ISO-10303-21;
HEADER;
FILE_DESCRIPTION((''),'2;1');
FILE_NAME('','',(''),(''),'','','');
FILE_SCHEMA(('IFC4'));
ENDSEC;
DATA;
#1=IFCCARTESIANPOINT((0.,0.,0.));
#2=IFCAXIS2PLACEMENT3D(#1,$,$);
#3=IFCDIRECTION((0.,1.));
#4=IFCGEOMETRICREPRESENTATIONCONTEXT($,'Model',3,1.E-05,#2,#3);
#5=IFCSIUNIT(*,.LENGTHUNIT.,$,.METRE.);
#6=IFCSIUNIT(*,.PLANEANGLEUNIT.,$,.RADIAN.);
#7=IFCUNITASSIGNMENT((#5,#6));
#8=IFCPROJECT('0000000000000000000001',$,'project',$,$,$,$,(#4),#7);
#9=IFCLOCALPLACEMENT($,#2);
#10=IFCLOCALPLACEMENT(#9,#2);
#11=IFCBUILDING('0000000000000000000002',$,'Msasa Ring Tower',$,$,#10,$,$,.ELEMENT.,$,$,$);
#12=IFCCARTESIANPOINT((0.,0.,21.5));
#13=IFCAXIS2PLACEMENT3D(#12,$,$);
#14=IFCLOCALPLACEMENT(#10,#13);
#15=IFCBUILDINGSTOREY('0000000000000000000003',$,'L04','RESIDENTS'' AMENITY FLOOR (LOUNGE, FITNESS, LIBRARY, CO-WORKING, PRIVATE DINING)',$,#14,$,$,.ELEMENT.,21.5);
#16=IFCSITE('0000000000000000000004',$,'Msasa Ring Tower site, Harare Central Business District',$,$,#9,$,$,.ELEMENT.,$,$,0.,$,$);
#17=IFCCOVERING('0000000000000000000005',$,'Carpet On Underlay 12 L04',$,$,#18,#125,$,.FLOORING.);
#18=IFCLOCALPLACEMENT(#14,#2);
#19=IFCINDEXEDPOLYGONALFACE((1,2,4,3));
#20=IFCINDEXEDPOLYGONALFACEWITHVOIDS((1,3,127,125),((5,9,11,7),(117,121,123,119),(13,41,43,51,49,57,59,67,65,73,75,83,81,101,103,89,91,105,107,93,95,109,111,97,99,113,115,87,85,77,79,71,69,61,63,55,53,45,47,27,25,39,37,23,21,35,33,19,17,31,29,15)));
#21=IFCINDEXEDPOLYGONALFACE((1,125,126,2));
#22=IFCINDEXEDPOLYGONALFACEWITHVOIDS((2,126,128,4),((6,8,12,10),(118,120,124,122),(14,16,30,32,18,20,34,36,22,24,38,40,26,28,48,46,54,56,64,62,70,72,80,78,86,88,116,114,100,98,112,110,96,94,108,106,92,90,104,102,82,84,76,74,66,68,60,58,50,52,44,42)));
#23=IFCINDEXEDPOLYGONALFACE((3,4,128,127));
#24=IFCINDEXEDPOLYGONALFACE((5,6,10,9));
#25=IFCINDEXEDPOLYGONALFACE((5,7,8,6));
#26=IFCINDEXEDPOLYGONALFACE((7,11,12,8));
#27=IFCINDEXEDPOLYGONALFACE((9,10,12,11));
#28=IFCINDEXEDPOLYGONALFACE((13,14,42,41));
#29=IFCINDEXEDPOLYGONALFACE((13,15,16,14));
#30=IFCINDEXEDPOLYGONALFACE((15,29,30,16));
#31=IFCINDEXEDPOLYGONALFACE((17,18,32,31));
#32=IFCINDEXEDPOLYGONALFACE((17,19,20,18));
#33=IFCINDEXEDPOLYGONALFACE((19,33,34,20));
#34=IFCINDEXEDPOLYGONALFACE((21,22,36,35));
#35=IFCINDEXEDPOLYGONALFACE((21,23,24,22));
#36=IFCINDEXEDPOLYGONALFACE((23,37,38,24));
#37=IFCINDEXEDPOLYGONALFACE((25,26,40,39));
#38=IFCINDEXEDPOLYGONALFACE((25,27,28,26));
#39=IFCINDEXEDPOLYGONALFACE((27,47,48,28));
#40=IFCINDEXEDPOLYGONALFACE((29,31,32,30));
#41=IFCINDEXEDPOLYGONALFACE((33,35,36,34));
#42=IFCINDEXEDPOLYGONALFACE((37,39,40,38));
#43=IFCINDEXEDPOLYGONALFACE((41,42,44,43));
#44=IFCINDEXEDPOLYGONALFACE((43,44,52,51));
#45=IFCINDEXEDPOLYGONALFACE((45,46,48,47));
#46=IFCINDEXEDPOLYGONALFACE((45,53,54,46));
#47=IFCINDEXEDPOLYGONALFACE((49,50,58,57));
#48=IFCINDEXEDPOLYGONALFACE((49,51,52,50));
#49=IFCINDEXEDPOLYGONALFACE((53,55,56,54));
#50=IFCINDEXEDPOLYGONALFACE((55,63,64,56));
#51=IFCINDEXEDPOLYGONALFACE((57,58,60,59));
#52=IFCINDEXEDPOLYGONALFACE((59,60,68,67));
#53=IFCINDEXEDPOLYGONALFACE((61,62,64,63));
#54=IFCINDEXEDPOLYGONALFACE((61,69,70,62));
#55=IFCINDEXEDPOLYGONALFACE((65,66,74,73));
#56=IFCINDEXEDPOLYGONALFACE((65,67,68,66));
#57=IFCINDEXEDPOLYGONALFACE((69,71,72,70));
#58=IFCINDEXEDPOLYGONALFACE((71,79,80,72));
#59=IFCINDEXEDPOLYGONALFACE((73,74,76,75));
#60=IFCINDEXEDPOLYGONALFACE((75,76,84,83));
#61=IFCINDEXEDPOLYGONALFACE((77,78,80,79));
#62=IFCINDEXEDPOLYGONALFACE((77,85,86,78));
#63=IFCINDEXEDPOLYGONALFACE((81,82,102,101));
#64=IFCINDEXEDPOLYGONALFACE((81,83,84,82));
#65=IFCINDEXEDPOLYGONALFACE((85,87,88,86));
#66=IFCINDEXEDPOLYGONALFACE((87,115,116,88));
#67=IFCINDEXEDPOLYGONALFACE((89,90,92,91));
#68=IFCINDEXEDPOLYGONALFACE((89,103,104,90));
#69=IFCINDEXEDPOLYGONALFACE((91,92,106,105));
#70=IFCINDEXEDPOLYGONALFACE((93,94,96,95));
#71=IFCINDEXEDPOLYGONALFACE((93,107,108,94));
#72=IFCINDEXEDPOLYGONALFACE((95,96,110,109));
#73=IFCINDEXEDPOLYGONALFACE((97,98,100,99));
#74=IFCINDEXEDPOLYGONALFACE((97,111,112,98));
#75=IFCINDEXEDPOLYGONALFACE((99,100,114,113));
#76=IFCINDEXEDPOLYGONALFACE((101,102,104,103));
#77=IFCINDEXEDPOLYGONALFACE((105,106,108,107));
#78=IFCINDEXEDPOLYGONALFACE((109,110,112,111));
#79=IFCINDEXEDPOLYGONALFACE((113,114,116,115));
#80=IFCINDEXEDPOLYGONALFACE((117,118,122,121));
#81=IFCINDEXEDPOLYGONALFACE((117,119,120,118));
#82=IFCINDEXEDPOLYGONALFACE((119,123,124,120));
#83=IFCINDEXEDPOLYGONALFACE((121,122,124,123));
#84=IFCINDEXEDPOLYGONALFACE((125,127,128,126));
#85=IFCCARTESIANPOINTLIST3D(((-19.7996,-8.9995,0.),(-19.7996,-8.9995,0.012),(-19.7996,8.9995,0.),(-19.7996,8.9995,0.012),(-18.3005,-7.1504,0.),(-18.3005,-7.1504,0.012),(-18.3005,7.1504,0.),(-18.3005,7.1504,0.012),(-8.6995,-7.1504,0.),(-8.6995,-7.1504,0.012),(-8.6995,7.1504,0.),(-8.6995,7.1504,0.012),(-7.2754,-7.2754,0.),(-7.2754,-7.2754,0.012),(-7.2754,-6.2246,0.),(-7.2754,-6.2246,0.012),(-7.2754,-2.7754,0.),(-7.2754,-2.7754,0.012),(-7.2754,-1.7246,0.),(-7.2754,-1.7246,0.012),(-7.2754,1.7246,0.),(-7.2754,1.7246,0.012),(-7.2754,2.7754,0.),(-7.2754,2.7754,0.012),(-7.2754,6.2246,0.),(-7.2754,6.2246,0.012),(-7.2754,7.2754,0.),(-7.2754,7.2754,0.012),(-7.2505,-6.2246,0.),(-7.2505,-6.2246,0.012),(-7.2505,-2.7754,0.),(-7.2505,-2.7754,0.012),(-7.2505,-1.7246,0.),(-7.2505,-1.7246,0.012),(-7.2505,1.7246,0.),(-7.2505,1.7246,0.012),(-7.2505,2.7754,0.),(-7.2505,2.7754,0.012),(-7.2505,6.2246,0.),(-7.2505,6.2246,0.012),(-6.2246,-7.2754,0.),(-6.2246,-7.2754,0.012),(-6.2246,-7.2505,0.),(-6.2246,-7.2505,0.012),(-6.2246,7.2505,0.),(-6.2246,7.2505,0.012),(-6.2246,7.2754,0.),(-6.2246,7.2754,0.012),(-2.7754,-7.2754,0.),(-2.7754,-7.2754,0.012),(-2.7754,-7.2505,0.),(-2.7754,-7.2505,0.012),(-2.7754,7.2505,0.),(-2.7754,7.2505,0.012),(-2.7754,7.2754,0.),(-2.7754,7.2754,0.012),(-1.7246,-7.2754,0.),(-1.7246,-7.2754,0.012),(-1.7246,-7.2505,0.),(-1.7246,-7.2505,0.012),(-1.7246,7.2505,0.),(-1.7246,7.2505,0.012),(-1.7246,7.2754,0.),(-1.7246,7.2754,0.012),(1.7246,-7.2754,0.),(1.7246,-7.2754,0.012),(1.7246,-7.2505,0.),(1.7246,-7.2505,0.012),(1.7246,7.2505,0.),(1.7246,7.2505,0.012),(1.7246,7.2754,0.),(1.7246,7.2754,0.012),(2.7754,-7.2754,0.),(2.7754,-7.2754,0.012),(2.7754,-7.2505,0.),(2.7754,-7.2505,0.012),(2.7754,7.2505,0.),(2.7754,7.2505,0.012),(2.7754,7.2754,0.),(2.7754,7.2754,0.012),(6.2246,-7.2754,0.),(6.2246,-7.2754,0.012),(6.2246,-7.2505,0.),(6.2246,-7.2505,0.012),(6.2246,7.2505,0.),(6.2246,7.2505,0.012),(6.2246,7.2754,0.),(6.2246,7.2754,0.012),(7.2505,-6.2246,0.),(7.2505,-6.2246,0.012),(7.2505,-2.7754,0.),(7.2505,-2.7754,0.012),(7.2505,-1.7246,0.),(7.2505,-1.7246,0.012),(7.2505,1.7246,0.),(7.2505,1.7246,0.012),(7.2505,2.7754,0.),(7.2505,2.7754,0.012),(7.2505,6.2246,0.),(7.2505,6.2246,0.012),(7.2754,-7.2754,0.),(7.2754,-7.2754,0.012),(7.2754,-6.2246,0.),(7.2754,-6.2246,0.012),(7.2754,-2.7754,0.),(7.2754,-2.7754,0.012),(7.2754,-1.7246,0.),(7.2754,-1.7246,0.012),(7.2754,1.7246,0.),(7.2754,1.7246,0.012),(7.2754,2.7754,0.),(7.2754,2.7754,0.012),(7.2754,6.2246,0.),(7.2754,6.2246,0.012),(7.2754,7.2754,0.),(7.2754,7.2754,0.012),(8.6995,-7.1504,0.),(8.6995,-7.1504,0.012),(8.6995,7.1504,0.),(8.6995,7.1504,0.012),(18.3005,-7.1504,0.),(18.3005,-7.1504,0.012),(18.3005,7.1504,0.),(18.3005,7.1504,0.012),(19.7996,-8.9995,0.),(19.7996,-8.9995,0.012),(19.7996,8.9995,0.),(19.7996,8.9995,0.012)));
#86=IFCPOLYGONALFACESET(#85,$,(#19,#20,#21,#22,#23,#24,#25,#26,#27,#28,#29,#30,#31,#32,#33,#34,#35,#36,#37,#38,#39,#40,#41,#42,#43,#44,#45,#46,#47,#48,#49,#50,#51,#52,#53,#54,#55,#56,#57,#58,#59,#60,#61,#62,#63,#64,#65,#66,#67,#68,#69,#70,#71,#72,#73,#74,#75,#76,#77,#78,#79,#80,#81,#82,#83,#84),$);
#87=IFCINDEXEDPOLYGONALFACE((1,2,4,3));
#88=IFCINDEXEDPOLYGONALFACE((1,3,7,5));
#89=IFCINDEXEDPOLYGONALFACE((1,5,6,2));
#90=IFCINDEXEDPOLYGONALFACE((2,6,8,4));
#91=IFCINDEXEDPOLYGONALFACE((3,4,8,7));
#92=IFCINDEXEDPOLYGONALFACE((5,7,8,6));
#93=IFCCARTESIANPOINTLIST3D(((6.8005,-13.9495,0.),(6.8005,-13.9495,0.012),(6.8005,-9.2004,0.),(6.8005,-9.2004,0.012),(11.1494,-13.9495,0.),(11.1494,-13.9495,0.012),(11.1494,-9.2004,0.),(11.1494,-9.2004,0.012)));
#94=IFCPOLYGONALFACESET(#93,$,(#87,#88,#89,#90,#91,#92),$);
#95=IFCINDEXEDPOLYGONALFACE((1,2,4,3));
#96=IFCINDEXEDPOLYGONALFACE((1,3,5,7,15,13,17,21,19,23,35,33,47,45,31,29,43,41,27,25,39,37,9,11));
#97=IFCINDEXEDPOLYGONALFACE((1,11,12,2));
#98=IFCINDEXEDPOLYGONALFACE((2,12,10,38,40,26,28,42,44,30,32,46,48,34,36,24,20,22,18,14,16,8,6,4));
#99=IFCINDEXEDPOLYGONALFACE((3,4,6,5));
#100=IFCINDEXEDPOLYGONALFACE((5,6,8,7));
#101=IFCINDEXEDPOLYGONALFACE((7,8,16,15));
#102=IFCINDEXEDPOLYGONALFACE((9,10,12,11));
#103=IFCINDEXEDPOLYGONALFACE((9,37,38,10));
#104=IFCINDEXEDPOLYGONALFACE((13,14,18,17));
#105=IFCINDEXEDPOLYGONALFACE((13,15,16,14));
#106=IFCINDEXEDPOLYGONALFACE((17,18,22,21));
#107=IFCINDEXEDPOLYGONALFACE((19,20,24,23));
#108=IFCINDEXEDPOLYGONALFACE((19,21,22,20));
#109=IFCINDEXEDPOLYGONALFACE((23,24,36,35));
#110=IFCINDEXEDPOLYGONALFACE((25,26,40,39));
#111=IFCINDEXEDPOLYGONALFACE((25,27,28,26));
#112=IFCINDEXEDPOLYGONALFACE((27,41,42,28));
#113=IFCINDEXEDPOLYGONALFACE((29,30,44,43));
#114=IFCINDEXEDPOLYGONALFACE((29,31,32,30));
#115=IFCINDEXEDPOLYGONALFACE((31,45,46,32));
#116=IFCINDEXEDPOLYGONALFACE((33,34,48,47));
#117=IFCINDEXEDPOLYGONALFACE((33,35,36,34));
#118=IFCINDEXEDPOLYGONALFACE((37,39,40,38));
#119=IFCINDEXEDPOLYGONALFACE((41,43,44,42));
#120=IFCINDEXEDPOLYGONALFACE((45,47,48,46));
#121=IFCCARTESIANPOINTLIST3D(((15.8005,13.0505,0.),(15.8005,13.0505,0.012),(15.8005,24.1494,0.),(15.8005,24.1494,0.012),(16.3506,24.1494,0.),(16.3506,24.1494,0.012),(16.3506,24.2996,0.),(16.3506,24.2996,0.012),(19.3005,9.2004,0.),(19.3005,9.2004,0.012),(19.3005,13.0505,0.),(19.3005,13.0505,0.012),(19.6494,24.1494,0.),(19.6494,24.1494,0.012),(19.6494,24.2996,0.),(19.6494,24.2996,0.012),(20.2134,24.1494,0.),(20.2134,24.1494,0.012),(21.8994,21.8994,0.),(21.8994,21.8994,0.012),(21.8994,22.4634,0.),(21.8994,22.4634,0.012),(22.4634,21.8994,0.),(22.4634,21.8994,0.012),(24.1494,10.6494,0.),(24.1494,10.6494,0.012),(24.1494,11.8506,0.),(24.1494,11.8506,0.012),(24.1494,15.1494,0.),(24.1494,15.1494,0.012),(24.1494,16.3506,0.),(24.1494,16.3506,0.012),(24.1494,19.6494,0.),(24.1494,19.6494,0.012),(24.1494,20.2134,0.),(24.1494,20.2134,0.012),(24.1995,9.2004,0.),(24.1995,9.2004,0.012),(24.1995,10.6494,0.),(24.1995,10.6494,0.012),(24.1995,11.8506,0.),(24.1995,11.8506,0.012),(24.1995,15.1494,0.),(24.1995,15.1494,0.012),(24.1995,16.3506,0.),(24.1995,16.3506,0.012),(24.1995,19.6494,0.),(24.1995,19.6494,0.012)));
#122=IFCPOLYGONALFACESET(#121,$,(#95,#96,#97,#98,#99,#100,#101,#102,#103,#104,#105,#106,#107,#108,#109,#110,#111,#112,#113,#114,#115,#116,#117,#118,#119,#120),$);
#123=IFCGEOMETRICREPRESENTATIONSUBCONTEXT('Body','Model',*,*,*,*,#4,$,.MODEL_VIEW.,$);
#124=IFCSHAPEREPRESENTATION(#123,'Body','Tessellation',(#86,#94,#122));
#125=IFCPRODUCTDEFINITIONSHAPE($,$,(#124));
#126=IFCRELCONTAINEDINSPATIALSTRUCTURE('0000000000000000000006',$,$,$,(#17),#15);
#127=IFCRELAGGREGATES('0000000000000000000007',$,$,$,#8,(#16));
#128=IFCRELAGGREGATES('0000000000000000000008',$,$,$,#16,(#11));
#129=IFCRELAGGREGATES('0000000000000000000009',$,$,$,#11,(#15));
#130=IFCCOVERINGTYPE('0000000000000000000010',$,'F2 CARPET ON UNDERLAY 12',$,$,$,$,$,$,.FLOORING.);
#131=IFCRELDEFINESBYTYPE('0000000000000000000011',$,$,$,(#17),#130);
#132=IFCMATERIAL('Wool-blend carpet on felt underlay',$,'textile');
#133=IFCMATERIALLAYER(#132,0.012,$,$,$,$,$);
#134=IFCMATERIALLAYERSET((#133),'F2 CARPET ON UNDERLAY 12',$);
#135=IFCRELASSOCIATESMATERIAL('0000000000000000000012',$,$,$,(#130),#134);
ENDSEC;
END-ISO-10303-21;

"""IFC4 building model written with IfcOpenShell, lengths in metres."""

from ifc_helpers import new_model, si_unit, direction, frame, origin, place, context, subcontext, project, spatial, line, indexed_curve, outline, extrude, material, layer, layer_set, type_object, element, save


model = new_model("IFC4")

# Units and contexts
model_context = context("Model", 3, precision=1e-05, world=origin(), true_north=direction((0.0, 1.0)))
body_context = subcontext(model_context, "Body", "Model", "MODEL_VIEW")
ifc_project = project(units=[si_unit("LENGTHUNIT", "METRE"), si_unit("PLANEANGLEUNIT", "RADIAN")], contexts=[model_context])

# Site, building, storey
site_placement = place(None, origin())
site = spatial("IfcSite", under=ifc_project, at=site_placement, Name="Msasa Ring Tower site, Harare Central Business District", CompositionType="ELEMENT", RefElevation=0.0)
building_placement = place(site_placement, origin())
building = spatial("IfcBuilding", under=site, at=building_placement, Name="Msasa Ring Tower", CompositionType="ELEMENT")
storey_placement = place(building_placement, frame((0.0, 0.0, 21.5)))
storey = spatial("IfcBuildingStorey", under=building, at=storey_placement, Name="L04", Description="RESIDENTS' AMENITY FLOOR (LOUNGE, FITNESS, LIBRARY, CO-WORKING, PRIVATE DINING)", CompositionType="ELEMENT", Elevation=21.5)

# Covering
ifc_material_1 = material(Name="Wool-blend carpet on felt underlay", Category="textile")
ifc_layer_1 = layer(ifc_material_1, 0.012)
ifc_layer_set_1 = layer_set([ifc_layer_1], Name="F2 CARPET ON UNDERLAY 12")
covering_type_1 = type_object("IfcCoveringType", Name="F2 CARPET ON UNDERLAY 12", PredefinedType="FLOORING", material=ifc_layer_set_1)
covering_1_placement = place(storey_placement, origin())
element("IfcCovering", 1, at=covering_1_placement, inside=storey, type_object=covering_type_1, Name="Carpet On Underlay 12 L04", PredefinedType="FLOORING", context=body_context, shape_type="SweptSolid", body=[
    extrude(outline(indexed_curve([(19.7996, 8.9995), (19.7996, -8.9995), (-19.7996, -8.9995), (-19.7996, 8.9995)], segments=[line(1, 2, 3, 4, 1)], self_intersect=False), holes=[indexed_curve([(8.6995, 7.1504), (8.6995, -7.1504), (18.3005, -7.1504), (18.3005, 7.1504)], segments=[line(1, 2, 3, 4, 1)], self_intersect=False), indexed_curve([(-8.6995, 7.1504), (-18.3005, 7.1504), (-18.3005, -7.1504), (-8.6995, -7.1504)], segments=[line(1, 2, 3, 4, 1)], self_intersect=False), indexed_curve([(-7.2754, -7.2754), (-6.2246, -7.2754), (-6.2246, -7.2505), (-2.7754, -7.2505), (-2.7754, -7.2754), (-1.7246, -7.2754), (-1.7246, -7.2505), (1.7246, -7.2505), (1.7246, -7.2754), (2.7754, -7.2754), (2.7754, -7.2505), (6.2246, -7.2505), (6.2246, -7.2754), (7.2754, -7.2754), (7.2754, -6.2246), (7.2505, -6.2246), (7.2505, -2.7754), (7.2754, -2.7754), (7.2754, -1.7246), (7.2505, -1.7246), (7.2505, 1.7246), (7.2754, 1.7246), (7.2754, 2.7754), (7.2505, 2.7754), (7.2505, 6.2246), (7.2754, 6.2246), (7.2754, 7.2754), (6.2246, 7.2754), (6.2246, 7.2505), (2.7754, 7.2505), (2.7754, 7.2754), (1.7246, 7.2754), (1.7246, 7.2505), (-1.7246, 7.2505), (-1.7246, 7.2754), (-2.7754, 7.2754), (-2.7754, 7.2505), (-6.2246, 7.2505), (-6.2246, 7.2754), (-7.2754, 7.2754), (-7.2754, 6.2246), (-7.2505, 6.2246), (-7.2505, 2.7754), (-7.2754, 2.7754), (-7.2754, 1.7246), (-7.2505, 1.7246), (-7.2505, -1.7246), (-7.2754, -1.7246), (-7.2754, -2.7754), (-7.2505, -2.7754), (-7.2505, -6.2246), (-7.2754, -6.2246)], segments=[line(1, 2, 3, 4, 5, 6, 7, 8, 9, 10, 11, 12, 13, 14, 15, 16, 17, 18, 19, 20, 21, 22, 23, 24, 25, 26, 27, 28, 29, 30, 31, 32, 33, 34, 35, 36, 37, 38, 39, 40, 41, 42, 43, 44, 45, 46, 47, 48, 49, 50, 51, 52, 1)], self_intersect=False)]), origin(), (0.0, 0.0, 1.0), 0.012),
    extrude(outline(indexed_curve([(11.1494, -13.9495), (6.8005, -13.9495), (6.8005, -9.2004), (11.1494, -9.2004)], segments=[line(1, 2, 3, 4, 1)], self_intersect=False)), origin(), (0.0, 0.0, 1.0), 0.012),
    extrude(outline(indexed_curve([(15.8005, 24.1494), (16.3506, 24.1494), (16.3506, 24.2996), (19.6494, 24.2996), (19.6494, 24.1494), (20.2134, 24.1494), (21.8994, 22.4634), (21.8994, 21.8994), (22.4634, 21.8994), (24.1494, 20.2134), (24.1494, 19.6494), (24.1995, 19.6494), (24.1995, 16.3506), (24.1494, 16.3506), (24.1494, 15.1494), (24.1995, 15.1494), (24.1995, 11.8506), (24.1494, 11.8506), (24.1494, 10.6494), (24.1995, 10.6494), (24.1995, 9.2004), (19.3005, 9.2004), (19.3005, 13.0505), (15.8005, 13.0505)], segments=[line(1, 2, 3, 4, 5, 6, 7, 8, 9, 10, 11, 12, 13, 14, 15, 16, 17, 18, 19, 20, 21, 22, 23, 24, 1)], self_intersect=False)), origin(), (0.0, 0.0, 1.0), 0.012),
])

save(model, "model.ifc")
